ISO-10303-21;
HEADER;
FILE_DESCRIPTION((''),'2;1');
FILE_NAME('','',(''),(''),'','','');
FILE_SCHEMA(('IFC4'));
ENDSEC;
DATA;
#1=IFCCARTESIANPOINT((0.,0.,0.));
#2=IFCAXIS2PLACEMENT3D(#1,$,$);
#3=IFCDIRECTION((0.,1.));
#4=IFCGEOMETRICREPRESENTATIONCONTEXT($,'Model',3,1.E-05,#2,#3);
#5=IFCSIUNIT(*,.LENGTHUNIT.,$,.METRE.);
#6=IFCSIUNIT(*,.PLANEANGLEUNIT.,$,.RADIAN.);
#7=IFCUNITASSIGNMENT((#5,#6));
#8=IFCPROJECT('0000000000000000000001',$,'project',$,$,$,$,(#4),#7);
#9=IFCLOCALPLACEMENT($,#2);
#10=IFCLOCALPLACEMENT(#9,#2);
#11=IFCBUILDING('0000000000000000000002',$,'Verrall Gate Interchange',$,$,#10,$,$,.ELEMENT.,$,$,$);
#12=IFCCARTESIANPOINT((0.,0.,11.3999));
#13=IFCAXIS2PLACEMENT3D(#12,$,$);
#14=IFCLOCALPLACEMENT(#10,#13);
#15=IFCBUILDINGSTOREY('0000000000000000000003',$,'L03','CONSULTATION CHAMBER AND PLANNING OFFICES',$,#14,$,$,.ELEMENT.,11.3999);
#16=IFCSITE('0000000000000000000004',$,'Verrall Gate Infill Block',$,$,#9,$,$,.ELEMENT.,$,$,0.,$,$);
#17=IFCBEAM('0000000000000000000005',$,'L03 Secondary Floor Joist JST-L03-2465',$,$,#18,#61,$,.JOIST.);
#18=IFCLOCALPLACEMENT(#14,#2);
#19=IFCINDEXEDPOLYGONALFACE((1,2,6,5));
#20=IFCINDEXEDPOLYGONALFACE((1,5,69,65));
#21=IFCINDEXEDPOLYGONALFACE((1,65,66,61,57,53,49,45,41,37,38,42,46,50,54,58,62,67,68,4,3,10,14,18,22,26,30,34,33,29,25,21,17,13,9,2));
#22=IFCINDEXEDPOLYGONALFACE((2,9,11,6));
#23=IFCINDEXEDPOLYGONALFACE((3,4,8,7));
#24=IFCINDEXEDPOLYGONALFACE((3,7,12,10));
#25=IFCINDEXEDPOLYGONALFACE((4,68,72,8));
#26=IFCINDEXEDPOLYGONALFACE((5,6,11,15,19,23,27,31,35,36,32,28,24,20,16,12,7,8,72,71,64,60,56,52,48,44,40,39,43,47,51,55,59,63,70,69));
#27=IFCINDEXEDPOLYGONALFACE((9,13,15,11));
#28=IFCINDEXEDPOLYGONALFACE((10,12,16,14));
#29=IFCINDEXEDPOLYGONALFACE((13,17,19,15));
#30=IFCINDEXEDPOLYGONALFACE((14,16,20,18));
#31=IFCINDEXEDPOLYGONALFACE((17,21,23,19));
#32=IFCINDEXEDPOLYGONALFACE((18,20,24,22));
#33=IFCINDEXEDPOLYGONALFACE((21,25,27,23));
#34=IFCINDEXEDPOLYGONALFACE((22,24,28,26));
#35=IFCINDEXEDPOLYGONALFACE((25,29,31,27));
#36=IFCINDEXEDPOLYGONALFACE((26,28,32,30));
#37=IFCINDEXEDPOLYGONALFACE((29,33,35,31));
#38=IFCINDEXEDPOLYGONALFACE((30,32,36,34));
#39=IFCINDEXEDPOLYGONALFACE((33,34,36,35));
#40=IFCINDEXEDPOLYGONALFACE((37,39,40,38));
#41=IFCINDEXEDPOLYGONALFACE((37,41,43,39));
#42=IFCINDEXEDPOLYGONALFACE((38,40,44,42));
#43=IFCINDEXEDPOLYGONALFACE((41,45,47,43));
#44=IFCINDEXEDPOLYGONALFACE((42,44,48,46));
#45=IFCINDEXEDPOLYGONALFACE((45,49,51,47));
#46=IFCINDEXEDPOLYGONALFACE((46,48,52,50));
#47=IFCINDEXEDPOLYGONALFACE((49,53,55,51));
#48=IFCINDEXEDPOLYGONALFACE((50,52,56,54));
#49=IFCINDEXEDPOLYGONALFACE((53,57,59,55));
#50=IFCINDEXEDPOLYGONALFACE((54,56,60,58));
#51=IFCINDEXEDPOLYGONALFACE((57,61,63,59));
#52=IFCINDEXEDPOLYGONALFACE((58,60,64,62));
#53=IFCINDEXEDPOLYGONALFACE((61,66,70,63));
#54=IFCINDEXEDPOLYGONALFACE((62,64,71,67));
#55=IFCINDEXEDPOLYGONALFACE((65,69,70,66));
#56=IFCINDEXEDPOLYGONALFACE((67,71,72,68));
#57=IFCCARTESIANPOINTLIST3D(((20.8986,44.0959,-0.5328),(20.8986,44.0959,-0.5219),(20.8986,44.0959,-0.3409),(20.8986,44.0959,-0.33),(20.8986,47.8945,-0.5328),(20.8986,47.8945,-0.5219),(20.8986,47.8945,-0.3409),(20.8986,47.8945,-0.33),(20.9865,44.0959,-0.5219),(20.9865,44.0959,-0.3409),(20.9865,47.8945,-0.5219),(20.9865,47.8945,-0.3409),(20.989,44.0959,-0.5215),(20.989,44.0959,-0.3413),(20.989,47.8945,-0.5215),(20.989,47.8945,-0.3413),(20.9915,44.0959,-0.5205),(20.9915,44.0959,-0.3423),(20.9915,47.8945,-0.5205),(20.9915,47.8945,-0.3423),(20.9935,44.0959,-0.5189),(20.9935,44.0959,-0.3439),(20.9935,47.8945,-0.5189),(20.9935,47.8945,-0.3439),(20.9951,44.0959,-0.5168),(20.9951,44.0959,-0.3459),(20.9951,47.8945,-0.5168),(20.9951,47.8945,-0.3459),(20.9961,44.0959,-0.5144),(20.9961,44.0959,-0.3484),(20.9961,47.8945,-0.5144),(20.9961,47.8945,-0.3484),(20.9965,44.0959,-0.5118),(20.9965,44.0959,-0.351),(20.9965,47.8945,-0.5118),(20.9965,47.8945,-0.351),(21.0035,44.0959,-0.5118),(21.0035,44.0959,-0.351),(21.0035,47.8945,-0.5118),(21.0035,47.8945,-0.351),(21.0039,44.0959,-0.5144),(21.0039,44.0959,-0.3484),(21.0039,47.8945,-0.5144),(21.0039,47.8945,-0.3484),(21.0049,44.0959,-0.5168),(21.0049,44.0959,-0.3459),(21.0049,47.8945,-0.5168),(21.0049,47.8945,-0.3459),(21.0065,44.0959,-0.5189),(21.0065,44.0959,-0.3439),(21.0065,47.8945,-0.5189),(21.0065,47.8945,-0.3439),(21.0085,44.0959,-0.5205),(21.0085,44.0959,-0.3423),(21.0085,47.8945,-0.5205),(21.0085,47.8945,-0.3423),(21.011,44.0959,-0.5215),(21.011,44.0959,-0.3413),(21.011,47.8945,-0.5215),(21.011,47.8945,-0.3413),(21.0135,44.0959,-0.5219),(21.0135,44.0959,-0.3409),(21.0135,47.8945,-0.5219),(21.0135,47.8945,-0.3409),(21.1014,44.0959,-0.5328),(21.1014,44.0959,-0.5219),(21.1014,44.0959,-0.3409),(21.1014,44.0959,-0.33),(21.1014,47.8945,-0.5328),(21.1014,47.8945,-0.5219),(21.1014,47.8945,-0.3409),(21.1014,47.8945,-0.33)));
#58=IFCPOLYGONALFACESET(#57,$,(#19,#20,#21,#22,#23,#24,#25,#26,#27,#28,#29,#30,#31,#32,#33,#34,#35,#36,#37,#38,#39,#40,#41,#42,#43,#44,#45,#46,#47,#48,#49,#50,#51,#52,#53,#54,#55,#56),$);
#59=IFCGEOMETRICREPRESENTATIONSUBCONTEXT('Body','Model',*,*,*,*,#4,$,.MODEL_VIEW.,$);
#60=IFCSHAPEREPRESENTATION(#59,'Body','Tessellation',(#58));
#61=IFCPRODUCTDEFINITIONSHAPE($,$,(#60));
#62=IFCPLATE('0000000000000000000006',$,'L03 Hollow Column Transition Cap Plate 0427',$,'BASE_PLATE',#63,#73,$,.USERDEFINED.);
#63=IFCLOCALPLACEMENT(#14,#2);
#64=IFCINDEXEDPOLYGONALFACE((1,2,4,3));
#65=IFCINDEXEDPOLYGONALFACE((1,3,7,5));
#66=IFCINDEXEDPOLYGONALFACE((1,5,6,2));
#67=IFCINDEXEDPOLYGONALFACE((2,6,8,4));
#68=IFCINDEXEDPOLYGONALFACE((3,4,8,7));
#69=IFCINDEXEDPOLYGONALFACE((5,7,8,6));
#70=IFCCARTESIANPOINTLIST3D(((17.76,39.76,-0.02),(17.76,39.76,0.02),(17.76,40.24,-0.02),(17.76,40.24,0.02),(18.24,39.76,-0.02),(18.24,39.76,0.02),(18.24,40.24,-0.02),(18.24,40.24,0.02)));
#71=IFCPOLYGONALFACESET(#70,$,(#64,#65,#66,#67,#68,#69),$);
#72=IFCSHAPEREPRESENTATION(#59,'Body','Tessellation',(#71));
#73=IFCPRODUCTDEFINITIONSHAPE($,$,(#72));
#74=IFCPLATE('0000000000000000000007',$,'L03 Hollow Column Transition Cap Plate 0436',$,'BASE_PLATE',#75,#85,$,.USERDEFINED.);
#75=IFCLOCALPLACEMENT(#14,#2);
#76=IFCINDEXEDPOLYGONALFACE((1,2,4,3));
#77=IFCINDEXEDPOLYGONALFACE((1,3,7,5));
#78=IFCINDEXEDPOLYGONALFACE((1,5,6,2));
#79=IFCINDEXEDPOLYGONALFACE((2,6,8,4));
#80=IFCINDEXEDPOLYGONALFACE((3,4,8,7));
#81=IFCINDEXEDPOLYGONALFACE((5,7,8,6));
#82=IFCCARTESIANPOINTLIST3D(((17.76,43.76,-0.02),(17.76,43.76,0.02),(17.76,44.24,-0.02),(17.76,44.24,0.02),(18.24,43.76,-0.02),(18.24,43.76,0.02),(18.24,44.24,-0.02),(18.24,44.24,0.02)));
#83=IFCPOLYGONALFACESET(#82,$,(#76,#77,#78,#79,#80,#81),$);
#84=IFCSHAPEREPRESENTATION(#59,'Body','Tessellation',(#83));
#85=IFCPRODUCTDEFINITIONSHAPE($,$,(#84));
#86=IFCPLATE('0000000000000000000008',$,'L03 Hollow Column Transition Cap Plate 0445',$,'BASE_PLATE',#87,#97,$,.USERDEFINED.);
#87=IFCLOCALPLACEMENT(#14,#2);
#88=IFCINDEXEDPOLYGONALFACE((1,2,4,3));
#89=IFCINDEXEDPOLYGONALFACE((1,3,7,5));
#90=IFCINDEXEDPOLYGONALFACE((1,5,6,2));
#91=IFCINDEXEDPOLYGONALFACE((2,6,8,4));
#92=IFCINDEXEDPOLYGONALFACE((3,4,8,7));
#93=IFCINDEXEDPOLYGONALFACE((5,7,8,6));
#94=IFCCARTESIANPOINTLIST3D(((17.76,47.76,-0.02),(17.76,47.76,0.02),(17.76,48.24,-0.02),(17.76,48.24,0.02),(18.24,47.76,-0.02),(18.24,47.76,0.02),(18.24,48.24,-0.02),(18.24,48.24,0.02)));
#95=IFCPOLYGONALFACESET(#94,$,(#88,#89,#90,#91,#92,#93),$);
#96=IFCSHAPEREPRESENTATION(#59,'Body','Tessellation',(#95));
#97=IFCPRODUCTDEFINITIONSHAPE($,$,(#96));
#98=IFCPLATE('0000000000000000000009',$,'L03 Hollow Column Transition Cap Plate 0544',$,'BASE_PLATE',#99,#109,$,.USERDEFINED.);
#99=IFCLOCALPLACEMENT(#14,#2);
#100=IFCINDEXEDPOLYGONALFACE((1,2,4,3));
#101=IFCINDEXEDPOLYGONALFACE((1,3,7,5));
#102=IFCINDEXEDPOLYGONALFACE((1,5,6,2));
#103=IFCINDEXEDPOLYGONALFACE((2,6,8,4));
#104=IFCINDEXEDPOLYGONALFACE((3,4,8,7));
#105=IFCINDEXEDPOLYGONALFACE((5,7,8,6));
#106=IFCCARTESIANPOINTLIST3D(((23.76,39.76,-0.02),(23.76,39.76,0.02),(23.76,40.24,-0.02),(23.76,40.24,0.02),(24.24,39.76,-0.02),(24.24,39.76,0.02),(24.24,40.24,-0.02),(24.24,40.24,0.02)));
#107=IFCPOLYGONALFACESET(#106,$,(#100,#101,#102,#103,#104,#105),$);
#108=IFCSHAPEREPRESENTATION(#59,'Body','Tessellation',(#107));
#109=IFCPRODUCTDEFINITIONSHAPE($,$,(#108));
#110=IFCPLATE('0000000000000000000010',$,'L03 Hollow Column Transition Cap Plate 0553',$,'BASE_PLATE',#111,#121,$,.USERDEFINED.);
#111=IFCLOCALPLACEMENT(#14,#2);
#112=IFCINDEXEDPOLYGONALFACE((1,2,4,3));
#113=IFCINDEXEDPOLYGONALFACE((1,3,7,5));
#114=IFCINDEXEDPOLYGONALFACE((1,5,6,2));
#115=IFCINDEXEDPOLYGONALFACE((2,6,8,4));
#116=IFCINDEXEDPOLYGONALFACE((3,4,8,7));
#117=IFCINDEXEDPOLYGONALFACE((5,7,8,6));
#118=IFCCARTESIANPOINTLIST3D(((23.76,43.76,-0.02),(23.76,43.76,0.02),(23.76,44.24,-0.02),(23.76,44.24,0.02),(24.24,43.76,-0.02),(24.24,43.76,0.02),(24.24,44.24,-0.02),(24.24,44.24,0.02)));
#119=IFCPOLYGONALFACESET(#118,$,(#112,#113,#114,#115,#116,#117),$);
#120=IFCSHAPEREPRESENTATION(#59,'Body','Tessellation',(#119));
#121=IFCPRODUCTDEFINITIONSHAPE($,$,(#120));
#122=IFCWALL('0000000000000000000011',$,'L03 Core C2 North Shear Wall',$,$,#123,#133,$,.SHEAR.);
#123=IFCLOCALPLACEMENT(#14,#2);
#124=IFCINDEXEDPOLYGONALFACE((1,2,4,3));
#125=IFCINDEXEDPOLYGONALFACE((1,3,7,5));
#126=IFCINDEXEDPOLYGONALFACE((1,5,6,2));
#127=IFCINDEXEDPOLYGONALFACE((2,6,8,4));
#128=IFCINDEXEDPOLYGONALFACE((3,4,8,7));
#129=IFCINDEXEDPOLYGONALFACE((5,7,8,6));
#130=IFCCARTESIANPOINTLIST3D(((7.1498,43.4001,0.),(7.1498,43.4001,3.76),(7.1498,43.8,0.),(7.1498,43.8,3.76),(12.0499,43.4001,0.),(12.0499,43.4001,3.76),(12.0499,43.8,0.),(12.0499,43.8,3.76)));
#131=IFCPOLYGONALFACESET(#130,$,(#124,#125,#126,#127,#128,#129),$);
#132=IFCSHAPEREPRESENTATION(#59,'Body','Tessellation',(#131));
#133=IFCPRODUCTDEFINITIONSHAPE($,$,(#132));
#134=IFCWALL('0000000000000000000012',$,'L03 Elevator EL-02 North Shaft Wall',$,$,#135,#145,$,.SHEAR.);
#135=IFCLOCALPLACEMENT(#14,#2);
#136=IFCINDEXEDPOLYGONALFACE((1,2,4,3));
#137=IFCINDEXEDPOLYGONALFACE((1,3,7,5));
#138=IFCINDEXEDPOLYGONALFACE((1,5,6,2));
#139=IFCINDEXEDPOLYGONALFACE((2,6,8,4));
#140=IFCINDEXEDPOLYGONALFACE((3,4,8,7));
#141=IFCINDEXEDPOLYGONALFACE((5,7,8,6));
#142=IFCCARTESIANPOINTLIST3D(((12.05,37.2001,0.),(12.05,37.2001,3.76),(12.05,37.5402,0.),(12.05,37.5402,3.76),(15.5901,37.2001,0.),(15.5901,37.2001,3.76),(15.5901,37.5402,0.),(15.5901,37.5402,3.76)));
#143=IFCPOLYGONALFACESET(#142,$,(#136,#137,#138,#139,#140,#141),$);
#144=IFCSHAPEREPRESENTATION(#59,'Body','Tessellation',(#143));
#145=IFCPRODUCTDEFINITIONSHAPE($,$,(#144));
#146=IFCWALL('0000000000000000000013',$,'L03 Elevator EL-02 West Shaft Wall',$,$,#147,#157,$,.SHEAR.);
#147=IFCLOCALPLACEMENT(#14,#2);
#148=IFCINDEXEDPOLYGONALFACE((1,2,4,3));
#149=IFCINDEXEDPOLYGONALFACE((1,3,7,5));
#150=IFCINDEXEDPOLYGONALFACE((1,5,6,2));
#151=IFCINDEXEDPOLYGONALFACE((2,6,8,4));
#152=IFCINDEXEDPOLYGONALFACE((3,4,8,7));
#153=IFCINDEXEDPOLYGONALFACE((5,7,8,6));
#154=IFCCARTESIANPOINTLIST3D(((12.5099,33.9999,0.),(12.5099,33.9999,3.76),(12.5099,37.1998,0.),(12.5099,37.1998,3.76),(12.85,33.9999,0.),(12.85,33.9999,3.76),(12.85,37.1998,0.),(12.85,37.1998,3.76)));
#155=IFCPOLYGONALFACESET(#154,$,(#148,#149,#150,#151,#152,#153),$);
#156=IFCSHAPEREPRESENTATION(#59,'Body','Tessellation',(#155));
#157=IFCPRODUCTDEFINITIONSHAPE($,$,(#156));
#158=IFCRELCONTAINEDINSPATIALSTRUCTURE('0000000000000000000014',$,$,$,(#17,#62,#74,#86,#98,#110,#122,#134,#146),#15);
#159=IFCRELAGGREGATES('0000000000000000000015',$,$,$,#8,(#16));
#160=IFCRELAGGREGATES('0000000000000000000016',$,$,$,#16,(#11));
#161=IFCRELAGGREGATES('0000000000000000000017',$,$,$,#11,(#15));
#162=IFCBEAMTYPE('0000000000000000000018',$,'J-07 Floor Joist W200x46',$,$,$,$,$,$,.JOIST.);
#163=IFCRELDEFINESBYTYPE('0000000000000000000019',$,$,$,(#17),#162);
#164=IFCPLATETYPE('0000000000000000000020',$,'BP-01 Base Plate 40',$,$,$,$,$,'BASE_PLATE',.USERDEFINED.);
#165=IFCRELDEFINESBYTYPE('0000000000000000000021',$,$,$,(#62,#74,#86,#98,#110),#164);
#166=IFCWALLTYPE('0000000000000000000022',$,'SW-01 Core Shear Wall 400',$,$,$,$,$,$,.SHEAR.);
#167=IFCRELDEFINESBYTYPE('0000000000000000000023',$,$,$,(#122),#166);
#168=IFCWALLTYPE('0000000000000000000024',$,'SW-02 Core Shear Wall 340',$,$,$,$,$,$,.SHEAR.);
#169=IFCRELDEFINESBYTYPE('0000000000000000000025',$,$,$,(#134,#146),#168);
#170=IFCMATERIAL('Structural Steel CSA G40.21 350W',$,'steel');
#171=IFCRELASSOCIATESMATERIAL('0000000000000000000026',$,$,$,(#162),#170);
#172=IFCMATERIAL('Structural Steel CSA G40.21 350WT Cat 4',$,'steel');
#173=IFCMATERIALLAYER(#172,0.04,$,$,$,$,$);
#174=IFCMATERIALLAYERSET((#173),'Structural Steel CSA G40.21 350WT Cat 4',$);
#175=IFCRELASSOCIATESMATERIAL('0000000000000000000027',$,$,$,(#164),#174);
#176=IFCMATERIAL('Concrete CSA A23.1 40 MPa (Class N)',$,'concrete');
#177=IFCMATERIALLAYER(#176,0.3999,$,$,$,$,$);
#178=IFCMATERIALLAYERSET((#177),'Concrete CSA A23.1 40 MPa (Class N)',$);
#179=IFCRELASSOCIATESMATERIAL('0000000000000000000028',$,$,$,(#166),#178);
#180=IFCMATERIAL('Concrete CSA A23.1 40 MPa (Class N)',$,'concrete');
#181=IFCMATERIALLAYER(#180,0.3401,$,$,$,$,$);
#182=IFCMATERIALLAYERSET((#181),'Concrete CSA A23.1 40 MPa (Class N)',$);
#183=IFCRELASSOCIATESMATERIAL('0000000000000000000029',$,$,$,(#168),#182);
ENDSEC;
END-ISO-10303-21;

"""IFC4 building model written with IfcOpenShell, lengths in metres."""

from ifc_helpers import new_model, si_unit, direction, frame, frame_2d, origin, origin_2d, place, context, subcontext, project, spatial, rectangle, i_section, extrude, material, layer, layer_set, material_profile, profile_set, type_object, element, save


model = new_model("IFC4")

# Units and contexts
model_context = context("Model", 3, precision=1e-05, world=origin(), true_north=direction((0.0, 1.0)))
body_context = subcontext(model_context, "Body", "Model", "MODEL_VIEW")
ifc_project = project(units=[si_unit("LENGTHUNIT", "METRE"), si_unit("PLANEANGLEUNIT", "RADIAN")], contexts=[model_context])

# Site, building, storey
site_placement = place(None, origin())
site = spatial("IfcSite", under=ifc_project, at=site_placement, Name="Verrall Gate Infill Block", CompositionType="ELEMENT", RefElevation=0.0)
building_placement = place(site_placement, origin())
building = spatial("IfcBuilding", under=site, at=building_placement, Name="Verrall Gate Interchange", CompositionType="ELEMENT")
storey_placement = place(building_placement, frame((0.0, 0.0, 11.3999)))
storey = spatial("IfcBuildingStorey", under=building, at=storey_placement, Name="L03", Description="CONSULTATION CHAMBER AND PLANNING OFFICES", CompositionType="ELEMENT", Elevation=11.3999)

# Beam
ifc_material_1 = material(Name="Structural Steel CSA G40.21 350W", Category="steel")
ifc_material_profile_1 = material_profile(ifc_material_1, i_section(OverallWidth=0.2029, OverallDepth=0.2029, WebThickness=0.0071, FlangeThickness=0.011, FilletRadius=0.01, at=origin_2d()), Name="W200x46")
ifc_profile_set_1 = profile_set([ifc_material_profile_1], Name="Structural Steel CSA G40.21 350W")
beam_type_1 = type_object("IfcBeamType", Name="J-07 Floor Joist W200x46", PredefinedType="JOIST", material=ifc_profile_set_1)
beam_1_placement = place(storey_placement, frame((21.0, 44.0959, -0.4314), z_axis=(0.0, 1.0, 0.0), x_axis=(-1.0, 0.0, 0.0)))
element("IfcBeam", 1, at=beam_1_placement, inside=storey, type_object=beam_type_1, Name="L03 Secondary Floor Joist JST-L03-2465", PredefinedType="JOIST", context=body_context, shape_type="SweptSolid", body=[
    extrude(i_section(OverallWidth=0.2029, OverallDepth=0.2029, WebThickness=0.0071, FlangeThickness=0.011, FilletRadius=0.01, at=origin_2d()), origin(), (0.0, 0.0, 1.0), 3.7986),
])

# Plates
ifc_material_2 = material(Name="Structural Steel CSA G40.21 350WT Cat 4", Category="steel")
ifc_layer_1 = layer(ifc_material_2, 0.04)
ifc_layer_set_1 = layer_set([ifc_layer_1], Name="Structural Steel CSA G40.21 350WT Cat 4")
plate_type = type_object("IfcPlateType", Name="BP-01 Base Plate 40", ElementType="BASE_PLATE", PredefinedType="USERDEFINED", material=ifc_layer_set_1)
for number, where, z_axis, x_axis, name in (
    (2, (18.0, 40.0, -0.02), (0.0, 0.0, 1.0), (1.0, 0.0, 0.0), "L03 Hollow Column Transition Cap Plate 0427"),
    (3, (18.0, 44.0, -0.02), (0.0, 0.0, 1.0), (1.0, 0.0, 0.0), "L03 Hollow Column Transition Cap Plate 0436"),
    (4, (18.0, 48.0, -0.02), (0.0, 0.0, 1.0), (1.0, 0.0, 0.0), "L03 Hollow Column Transition Cap Plate 0445"),
    (5, (24.0, 40.0, -0.02), (0.0, 0.0, 1.0), (1.0, 0.0, 0.0), "L03 Hollow Column Transition Cap Plate 0544"),
    (6, (24.0, 44.0, -0.02), (0.0, 0.0, 1.0), (1.0, 0.0, 0.0), "L03 Hollow Column Transition Cap Plate 0553"),
):
    element("IfcPlate", number, at=place(storey_placement, frame(where, z_axis=z_axis, x_axis=x_axis)), inside=storey, type_object=plate_type, Name=name, ObjectType="BASE_PLATE", PredefinedType="USERDEFINED", context=body_context, shape_type="SweptSolid", body=[
        extrude(rectangle(XDim=0.48, YDim=0.48, at=origin_2d()), origin(), (0.0, 0.0, 1.0), 0.04),
    ])

# Walls
ifc_material_3 = material(Name="Concrete CSA A23.1 40 MPa (Class N)", Category="concrete")
ifc_layer_2 = layer(ifc_material_3, 0.3999)
ifc_layer_set_2 = layer_set([ifc_layer_2], Name="Concrete CSA A23.1 40 MPa (Class N)")
wall_type_1 = type_object("IfcWallType", Name="SW-01 Core Shear Wall 400", PredefinedType="SHEAR", material=ifc_layer_set_2)
wall_1_placement = place(storey_placement, frame((12.05, 43.6001, 0.0), z_axis=(0.0, 0.0, 1.0), x_axis=(-1.0, 0.0, 0.0)))
element("IfcWall", 7, at=wall_1_placement, inside=storey, type_object=wall_type_1, Name="L03 Core C2 North Shear Wall", PredefinedType="SHEAR", context=body_context, shape_type="SweptSolid", body=[
    extrude(rectangle(XDim=4.9001, YDim=0.3999, at=frame_2d((2.4502, 0.0))), origin(), (0.0, 0.0, 1.0), 3.76),
])
ifc_material_4 = material(Name="Concrete CSA A23.1 40 MPa (Class N)", Category="concrete")
ifc_layer_3 = layer(ifc_material_4, 0.3401)
ifc_layer_set_3 = layer_set([ifc_layer_3], Name="Concrete CSA A23.1 40 MPa (Class N)")
wall_type_2 = type_object("IfcWallType", Name="SW-02 Core Shear Wall 340", PredefinedType="SHEAR", material=ifc_layer_set_3)
wall_2_placement = place(storey_placement, frame((15.5901, 37.3701, 0.0), z_axis=(0.0, 0.0, 1.0), x_axis=(-1.0, 0.0, 0.0)))
element("IfcWall", 8, at=wall_2_placement, inside=storey, type_object=wall_type_2, Name="L03 Elevator EL-02 North Shaft Wall", PredefinedType="SHEAR", context=body_context, shape_type="SweptSolid", body=[
    extrude(rectangle(XDim=3.54, YDim=0.3401, at=frame_2d((1.77, 0.0))), origin(), (0.0, 0.0, 1.0), 3.76),
])
wall_3_placement = place(storey_placement, frame((12.6799, 37.2, 0.0), z_axis=(0.0, 0.0, 1.0), x_axis=(0.0, -1.0, 0.0)))
element("IfcWall", 9, at=wall_3_placement, inside=storey, type_object=wall_type_2, Name="L03 Elevator EL-02 West Shaft Wall", PredefinedType="SHEAR", context=body_context, shape_type="SweptSolid", body=[
    extrude(rectangle(XDim=3.2, YDim=0.3401, at=frame_2d((1.6001, 0.0))), origin(), (0.0, 0.0, 1.0), 3.76),
])

save(model, "model.ifc")
